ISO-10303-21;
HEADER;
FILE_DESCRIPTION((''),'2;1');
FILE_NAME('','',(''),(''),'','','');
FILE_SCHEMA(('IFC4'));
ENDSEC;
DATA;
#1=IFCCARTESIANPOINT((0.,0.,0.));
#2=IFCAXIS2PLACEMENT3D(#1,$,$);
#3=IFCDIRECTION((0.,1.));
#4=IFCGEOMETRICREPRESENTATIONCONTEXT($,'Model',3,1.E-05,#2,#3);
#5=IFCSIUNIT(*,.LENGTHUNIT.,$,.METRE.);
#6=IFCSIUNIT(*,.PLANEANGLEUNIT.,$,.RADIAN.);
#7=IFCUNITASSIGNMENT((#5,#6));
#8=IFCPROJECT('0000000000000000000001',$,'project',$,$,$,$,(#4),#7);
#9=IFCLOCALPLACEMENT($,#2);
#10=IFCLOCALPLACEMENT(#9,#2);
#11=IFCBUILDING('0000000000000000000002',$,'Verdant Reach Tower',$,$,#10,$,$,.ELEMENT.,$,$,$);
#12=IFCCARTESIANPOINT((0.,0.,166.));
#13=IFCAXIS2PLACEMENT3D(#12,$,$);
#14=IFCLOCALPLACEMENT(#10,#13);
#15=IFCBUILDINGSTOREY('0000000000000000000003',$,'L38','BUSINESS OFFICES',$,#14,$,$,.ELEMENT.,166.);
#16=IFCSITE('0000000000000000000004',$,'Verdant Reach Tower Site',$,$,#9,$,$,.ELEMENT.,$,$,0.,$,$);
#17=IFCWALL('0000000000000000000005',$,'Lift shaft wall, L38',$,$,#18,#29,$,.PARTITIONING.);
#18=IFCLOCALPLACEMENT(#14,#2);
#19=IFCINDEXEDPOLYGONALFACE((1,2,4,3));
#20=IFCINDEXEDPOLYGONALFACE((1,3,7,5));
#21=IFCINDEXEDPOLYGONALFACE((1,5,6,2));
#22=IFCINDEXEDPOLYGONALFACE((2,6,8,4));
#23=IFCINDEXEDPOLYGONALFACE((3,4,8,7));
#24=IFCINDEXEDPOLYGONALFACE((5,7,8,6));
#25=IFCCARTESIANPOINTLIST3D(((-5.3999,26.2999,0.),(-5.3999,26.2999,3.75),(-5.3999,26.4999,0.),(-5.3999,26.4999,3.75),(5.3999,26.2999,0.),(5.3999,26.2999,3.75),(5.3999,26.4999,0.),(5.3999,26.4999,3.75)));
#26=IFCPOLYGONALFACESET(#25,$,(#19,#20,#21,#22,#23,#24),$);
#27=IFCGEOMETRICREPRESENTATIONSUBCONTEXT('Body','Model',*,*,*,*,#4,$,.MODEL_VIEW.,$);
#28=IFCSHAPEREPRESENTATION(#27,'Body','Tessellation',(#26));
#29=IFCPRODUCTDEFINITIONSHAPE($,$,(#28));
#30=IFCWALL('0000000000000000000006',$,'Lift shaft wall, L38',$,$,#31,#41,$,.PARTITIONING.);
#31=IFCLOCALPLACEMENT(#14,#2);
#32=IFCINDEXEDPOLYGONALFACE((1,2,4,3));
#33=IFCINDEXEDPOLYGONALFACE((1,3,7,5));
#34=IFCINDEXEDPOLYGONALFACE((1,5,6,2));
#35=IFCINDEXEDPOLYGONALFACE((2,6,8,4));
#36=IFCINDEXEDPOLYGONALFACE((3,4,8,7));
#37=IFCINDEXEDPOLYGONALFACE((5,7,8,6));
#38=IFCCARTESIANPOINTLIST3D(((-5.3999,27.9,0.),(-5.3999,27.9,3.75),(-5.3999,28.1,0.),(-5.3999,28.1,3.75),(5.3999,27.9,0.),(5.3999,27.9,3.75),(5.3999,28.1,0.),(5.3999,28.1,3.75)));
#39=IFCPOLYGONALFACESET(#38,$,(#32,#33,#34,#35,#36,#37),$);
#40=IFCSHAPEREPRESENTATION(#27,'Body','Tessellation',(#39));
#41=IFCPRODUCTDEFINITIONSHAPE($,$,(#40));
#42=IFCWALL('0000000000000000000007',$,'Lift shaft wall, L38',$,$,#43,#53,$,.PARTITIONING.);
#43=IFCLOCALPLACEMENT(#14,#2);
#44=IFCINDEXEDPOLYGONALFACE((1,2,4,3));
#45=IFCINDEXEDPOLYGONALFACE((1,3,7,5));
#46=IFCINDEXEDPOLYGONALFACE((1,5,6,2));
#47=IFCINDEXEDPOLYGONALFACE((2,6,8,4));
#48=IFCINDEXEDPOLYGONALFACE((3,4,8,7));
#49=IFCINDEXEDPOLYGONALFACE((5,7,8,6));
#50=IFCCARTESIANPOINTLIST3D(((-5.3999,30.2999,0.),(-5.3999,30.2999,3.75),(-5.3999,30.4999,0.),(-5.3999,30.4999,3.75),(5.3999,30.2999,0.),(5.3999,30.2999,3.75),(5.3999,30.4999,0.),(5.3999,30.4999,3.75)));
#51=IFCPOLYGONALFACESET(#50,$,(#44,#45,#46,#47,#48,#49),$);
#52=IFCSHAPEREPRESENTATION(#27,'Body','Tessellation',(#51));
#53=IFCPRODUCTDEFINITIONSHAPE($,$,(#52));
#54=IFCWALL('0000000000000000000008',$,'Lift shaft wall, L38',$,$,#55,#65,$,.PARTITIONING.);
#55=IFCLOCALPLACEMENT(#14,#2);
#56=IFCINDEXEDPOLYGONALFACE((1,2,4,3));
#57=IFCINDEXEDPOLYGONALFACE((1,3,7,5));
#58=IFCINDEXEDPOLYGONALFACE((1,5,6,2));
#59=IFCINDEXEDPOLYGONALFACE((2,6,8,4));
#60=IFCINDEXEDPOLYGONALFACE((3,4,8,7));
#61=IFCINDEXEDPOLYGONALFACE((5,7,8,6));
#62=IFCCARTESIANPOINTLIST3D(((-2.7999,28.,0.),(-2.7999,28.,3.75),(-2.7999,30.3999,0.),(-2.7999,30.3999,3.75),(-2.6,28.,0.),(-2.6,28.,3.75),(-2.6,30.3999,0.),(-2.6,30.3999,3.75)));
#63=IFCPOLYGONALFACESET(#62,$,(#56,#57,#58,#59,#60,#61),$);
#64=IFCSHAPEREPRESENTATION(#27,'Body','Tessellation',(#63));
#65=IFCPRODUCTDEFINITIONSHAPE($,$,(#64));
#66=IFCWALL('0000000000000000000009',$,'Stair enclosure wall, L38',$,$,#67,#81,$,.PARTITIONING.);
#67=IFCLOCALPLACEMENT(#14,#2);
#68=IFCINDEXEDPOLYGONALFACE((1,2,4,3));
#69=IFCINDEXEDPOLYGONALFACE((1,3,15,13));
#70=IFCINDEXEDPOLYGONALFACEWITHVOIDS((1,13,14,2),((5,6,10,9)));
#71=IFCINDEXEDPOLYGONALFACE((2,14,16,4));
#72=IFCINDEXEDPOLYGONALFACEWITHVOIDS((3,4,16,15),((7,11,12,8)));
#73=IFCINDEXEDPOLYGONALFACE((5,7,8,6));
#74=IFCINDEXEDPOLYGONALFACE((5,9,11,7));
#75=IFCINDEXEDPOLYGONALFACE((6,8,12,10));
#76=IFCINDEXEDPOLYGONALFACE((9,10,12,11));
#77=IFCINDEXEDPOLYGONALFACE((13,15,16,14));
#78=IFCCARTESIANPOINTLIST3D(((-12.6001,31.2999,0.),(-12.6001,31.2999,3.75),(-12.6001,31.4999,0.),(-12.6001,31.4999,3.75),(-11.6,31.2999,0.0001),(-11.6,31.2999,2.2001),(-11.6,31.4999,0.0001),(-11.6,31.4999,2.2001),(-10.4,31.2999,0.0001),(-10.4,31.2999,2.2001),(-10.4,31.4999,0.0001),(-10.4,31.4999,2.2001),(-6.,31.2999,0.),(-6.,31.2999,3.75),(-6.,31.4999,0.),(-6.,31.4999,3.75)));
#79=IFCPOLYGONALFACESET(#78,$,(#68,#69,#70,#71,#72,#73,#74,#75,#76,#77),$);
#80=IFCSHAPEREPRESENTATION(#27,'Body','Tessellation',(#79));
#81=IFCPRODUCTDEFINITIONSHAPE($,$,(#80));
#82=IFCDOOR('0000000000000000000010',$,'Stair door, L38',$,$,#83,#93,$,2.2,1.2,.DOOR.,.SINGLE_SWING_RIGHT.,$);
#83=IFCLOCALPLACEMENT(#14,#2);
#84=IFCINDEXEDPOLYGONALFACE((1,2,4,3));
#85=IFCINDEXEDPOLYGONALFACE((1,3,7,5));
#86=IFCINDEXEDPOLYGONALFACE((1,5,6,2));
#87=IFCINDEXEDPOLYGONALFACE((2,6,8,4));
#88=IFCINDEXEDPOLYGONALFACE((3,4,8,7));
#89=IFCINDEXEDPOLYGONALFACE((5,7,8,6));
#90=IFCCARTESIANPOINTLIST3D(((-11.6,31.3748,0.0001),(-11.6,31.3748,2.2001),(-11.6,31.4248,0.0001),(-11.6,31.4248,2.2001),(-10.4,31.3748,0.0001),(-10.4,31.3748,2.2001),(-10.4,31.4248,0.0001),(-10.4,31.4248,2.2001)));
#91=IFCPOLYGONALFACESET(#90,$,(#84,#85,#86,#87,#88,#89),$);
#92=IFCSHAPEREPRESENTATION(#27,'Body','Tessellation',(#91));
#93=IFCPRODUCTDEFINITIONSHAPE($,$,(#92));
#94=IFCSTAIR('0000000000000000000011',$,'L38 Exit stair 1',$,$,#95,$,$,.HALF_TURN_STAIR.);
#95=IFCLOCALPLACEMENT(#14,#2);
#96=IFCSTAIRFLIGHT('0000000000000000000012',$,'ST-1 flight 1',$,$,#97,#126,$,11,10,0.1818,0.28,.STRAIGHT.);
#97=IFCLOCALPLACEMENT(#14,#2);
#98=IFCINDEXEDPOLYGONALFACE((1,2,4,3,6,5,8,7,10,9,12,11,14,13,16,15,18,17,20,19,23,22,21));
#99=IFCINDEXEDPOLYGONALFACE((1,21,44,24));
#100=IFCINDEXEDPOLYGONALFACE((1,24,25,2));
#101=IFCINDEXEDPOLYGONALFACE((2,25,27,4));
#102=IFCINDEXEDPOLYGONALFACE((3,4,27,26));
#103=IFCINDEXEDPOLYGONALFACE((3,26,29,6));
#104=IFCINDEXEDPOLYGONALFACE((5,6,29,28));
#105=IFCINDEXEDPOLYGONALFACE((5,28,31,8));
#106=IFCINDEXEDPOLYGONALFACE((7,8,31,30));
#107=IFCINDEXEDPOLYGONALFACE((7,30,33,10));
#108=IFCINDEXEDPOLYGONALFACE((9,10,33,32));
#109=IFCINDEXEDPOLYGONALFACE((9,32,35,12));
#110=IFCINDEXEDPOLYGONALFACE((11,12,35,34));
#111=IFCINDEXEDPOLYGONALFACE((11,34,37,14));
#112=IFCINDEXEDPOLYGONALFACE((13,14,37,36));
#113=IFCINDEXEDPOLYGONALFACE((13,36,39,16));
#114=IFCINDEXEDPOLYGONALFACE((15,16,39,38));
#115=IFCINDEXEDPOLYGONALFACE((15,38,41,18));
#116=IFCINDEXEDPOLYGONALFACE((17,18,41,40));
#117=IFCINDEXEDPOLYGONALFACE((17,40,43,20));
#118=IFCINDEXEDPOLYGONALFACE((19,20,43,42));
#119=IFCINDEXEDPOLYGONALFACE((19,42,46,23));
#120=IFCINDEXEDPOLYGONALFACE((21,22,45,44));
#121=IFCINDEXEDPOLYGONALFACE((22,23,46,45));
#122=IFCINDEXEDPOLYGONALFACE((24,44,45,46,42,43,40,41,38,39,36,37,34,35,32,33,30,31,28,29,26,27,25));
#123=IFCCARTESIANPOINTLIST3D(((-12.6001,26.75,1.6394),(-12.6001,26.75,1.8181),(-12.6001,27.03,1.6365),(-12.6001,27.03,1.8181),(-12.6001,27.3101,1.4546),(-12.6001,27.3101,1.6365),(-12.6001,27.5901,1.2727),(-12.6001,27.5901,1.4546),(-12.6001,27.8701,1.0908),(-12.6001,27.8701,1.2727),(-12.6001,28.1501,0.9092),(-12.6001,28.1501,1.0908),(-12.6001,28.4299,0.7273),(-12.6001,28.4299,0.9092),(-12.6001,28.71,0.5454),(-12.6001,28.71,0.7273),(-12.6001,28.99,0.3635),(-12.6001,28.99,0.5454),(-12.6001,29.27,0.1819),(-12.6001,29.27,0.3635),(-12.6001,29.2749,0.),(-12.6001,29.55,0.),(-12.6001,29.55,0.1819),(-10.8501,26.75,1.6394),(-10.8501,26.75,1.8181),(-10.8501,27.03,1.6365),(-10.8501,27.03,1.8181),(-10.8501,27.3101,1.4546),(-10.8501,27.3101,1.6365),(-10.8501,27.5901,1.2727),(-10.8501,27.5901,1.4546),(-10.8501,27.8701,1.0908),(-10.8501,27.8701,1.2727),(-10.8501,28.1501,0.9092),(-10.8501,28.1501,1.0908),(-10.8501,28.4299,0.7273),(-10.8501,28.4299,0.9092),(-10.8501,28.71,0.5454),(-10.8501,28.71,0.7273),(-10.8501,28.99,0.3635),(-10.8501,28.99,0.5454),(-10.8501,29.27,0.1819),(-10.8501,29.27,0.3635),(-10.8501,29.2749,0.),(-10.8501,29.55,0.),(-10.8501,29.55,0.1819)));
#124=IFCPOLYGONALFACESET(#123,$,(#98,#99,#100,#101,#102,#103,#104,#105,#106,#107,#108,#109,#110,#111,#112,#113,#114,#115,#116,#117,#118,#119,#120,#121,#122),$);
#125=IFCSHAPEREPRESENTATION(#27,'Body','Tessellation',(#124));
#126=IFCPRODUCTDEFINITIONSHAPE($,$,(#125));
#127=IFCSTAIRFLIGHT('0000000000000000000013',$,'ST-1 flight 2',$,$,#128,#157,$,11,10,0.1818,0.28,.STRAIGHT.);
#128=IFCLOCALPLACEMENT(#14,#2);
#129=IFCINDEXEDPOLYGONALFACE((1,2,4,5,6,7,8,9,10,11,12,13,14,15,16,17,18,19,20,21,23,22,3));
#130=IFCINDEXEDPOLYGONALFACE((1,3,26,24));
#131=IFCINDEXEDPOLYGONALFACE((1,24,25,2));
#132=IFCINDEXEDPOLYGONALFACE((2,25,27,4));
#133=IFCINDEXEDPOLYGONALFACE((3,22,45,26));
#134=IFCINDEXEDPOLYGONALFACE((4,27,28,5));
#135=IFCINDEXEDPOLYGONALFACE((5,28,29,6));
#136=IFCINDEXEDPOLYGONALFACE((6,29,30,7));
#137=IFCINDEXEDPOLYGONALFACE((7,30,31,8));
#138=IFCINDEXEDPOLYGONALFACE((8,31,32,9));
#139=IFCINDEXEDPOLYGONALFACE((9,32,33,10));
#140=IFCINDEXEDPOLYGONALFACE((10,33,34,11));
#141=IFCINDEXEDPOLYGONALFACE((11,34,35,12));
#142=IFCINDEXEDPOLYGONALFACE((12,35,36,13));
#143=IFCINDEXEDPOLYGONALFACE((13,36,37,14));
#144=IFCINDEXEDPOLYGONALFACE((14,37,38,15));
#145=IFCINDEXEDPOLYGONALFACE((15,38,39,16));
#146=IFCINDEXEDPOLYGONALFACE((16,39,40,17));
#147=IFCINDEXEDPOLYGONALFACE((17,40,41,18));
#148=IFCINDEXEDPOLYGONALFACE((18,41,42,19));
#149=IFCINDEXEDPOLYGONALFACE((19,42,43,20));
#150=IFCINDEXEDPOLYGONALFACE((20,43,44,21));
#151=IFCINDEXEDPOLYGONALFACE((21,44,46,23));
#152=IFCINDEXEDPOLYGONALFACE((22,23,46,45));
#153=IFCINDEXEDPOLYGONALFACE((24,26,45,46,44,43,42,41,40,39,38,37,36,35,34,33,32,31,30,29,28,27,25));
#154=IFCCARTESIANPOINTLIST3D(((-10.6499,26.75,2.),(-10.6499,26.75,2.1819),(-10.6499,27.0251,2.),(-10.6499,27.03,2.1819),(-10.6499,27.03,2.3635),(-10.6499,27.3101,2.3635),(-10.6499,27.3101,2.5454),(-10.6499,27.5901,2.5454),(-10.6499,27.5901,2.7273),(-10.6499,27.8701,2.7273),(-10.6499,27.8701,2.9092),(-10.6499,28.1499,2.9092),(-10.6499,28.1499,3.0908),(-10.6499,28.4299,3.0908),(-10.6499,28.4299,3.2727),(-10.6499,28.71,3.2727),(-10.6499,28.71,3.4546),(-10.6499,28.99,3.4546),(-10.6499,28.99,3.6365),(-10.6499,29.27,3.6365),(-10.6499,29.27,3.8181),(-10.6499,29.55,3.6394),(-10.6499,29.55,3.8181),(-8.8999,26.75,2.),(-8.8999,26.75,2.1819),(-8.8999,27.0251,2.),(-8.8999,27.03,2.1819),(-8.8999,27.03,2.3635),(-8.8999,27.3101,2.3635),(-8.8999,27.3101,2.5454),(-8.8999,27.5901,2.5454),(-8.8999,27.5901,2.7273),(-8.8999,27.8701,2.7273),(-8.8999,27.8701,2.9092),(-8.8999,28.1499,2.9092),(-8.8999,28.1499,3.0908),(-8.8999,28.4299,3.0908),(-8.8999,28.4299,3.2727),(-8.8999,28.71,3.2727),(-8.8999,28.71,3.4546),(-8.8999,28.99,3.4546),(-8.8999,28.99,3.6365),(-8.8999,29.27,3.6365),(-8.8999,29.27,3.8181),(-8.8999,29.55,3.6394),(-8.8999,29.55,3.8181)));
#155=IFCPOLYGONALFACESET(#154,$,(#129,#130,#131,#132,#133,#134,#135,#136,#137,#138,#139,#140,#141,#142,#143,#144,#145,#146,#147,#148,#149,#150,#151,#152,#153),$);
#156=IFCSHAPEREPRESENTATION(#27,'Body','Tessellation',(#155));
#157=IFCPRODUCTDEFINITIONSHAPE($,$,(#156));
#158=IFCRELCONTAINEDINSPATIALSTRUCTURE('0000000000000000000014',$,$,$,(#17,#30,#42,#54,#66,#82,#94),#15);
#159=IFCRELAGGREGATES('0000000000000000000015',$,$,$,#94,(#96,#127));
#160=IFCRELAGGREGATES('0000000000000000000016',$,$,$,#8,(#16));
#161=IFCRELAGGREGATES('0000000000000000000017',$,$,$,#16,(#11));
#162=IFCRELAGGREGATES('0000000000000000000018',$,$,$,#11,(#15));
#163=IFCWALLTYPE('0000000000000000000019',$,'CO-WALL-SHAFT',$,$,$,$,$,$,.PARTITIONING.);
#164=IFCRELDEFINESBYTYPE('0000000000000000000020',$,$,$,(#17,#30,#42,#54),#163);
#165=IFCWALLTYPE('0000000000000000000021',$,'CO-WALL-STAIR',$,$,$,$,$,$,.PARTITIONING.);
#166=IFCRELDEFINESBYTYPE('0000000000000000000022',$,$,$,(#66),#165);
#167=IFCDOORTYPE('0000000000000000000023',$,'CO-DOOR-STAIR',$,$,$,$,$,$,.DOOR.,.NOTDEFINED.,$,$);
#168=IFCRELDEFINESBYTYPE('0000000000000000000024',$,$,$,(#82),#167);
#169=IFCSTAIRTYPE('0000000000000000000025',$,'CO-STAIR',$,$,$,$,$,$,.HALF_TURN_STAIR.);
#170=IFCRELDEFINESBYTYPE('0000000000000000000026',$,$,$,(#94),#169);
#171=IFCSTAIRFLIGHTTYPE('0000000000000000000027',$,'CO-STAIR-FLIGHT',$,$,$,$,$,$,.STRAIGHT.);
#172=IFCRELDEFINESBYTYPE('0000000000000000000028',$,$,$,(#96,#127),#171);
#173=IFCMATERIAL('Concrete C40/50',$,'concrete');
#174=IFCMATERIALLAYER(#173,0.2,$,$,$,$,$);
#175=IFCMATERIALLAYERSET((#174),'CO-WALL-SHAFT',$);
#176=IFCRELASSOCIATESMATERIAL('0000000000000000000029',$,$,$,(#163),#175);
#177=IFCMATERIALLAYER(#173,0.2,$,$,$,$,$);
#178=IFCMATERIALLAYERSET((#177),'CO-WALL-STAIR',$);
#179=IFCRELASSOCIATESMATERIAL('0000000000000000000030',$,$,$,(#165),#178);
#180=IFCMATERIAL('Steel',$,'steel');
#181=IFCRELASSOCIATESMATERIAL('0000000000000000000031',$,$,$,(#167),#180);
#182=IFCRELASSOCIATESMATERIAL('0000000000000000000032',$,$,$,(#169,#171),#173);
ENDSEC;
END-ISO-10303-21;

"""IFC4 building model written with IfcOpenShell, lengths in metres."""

from ifc_helpers import new_model, si_unit, direction, frame, frame_2d, origin, place, context, subcontext, project, spatial, polyline, rectangle, outline, extrude, material, layer, layer_set, type_object, element, fill, aggregate, save


model = new_model("IFC4")

# Units and contexts
model_context = context("Model", 3, precision=1e-05, world=origin(), true_north=direction((0.0, 1.0)))
body_context = subcontext(model_context, "Body", "Model", "MODEL_VIEW")
ifc_project = project(units=[si_unit("LENGTHUNIT", "METRE"), si_unit("PLANEANGLEUNIT", "RADIAN")], contexts=[model_context])

# Site, building, storey
site_placement = place(None, origin())
site = spatial("IfcSite", under=ifc_project, at=site_placement, Name="Verdant Reach Tower Site", CompositionType="ELEMENT", RefElevation=0.0)
building_placement = place(site_placement, origin())
building = spatial("IfcBuilding", under=site, at=building_placement, Name="Verdant Reach Tower", CompositionType="ELEMENT")
storey_placement = place(building_placement, frame((0.0, 0.0, 166.0)))
storey = spatial("IfcBuildingStorey", under=building, at=storey_placement, Name="L38", Description="BUSINESS OFFICES", CompositionType="ELEMENT", Elevation=166.0)

# Walls
ifc_material_1 = material(Name="Concrete C40/50", Category="concrete")
ifc_layer_1 = layer(ifc_material_1, 0.2)
ifc_layer_set_1 = layer_set([ifc_layer_1], Name="CO-WALL-SHAFT")
wall_type_1 = type_object("IfcWallType", Name="CO-WALL-SHAFT", PredefinedType="PARTITIONING", material=ifc_layer_set_1)
for number, where, z_axis, x_axis, name in (
    (1, (-5.3999, 26.3999, 0.0), (0.0, 0.0, 1.0), (1.0, 0.0, 0.0), "Lift shaft wall, L38"),
    (2, (-5.3999, 28.0, 0.0), (0.0, 0.0, 1.0), (1.0, 0.0, 0.0), "Lift shaft wall, L38"),
    (3, (-5.3999, 30.3999, 0.0), (0.0, 0.0, 1.0), (1.0, 0.0, 0.0), "Lift shaft wall, L38"),
):
    element("IfcWall", number, at=place(storey_placement, frame(where, z_axis=z_axis, x_axis=x_axis)), inside=storey, type_object=wall_type_1, Name=name, PredefinedType="PARTITIONING", context=body_context, shape_type="SweptSolid", body=[
        extrude(rectangle(XDim=10.7998, YDim=0.2, at=frame_2d((5.3999, 0.0))), origin(), (0.0, 0.0, 1.0), 3.75),
    ])
wall_1_placement = place(storey_placement, frame((-2.7, 28.0, 0.0), z_axis=(0.0, 0.0, 1.0), x_axis=(0.0, 1.0, 0.0)))
element("IfcWall", 4, at=wall_1_placement, inside=storey, type_object=wall_type_1, Name="Lift shaft wall, L38", PredefinedType="PARTITIONING", context=body_context, shape_type="SweptSolid", body=[
    extrude(rectangle(XDim=2.3999, YDim=0.2, at=frame_2d((1.2, 0.0))), origin(), (0.0, 0.0, 1.0), 3.75),
])

# Wall, opening, door
ifc_layer_2 = layer(ifc_material_1, 0.2)
ifc_layer_set_2 = layer_set([ifc_layer_2], Name="CO-WALL-STAIR")
wall_type_2 = type_object("IfcWallType", Name="CO-WALL-STAIR", PredefinedType="PARTITIONING", material=ifc_layer_set_2)
wall_2_placement = place(storey_placement, frame((-12.6001, 31.3999, 0.0), z_axis=(0.0, 0.0, 1.0), x_axis=(1.0, 0.0, 0.0)))
wall_2 = element("IfcWall", 5, at=wall_2_placement, inside=storey, type_object=wall_type_2, Name="Stair enclosure wall, L38", PredefinedType="PARTITIONING", context=body_context, shape_type="SweptSolid", body=[
    extrude(rectangle(XDim=6.6001, YDim=0.2, at=frame_2d((3.3, 0.0))), origin(), (0.0, 0.0, 1.0), 3.75),
])
opening_placement = place(wall_2_placement, frame((1.0, 0.0, 0.0)))
opening = element("IfcOpeningElement", 6, at=opening_placement, cuts=wall_2, PredefinedType="OPENING", context=body_context, shape_type="SweptSolid", body=[
    extrude(rectangle(XDim=1.2, YDim=2.2, at=frame_2d((0.6001, 1.1001))), frame((0.0, 0.1099, 0.0), z_axis=(0.0, -1.0, 0.0), x_axis=(1.0, 0.0, 0.0)), (0.0, 0.0, 1.0), 0.22),
])
ifc_material_2 = material(Name="Steel", Category="steel")
door_type = type_object("IfcDoorType", Name="CO-DOOR-STAIR", OperationType="NOTDEFINED", PredefinedType="DOOR", material=ifc_material_2)
door_placement = place(opening_placement, origin())
door = element("IfcDoor", 7, at=door_placement, inside=storey, type_object=door_type, Name="Stair door, L38", OperationType="SINGLE_SWING_RIGHT", OverallHeight=2.2, OverallWidth=1.2, PredefinedType="DOOR", context=body_context, shape_type="SweptSolid", body=[
    extrude(rectangle(XDim=1.2, YDim=2.2, at=frame_2d((0.6001, 1.1001))), frame((0.0, 0.0249, 0.0), z_axis=(0.0, -1.0, 0.0), x_axis=(1.0, 0.0, 0.0)), (0.0, 0.0, 1.0), 0.05),
])
fill(opening, door)

# Stair, stair flights
stair_type = type_object("IfcStairType", Name="CO-STAIR", PredefinedType="HALF_TURN_STAIR", material=ifc_material_1)
stair_placement = place(storey_placement, origin())
stair = element("IfcStair", 8, at=stair_placement, inside=storey, type_object=stair_type, Name="L38 Exit stair 1", PredefinedType="HALF_TURN_STAIR")
stair_flight_type = type_object("IfcStairFlightType", Name="CO-STAIR-FLIGHT", PredefinedType="STRAIGHT", material=ifc_material_1)
stair_flight_1_placement = place(storey_placement, frame((-11.7251, 29.55, 0.0), z_axis=(0.0, 0.0, 1.0), x_axis=(0.0, -1.0, 0.0)))
stair_flight_1 = element("IfcStairFlight", 9, at=stair_flight_1_placement, type_object=stair_flight_type, Name="ST-1 flight 1", NumberOfRisers=11, NumberOfTreads=10, PredefinedType="STRAIGHT", RiserHeight=0.1818, TreadLength=0.28, context=body_context, shape_type="SweptSolid", body=[
    extrude(outline(polyline([(0.0, 0.0), (0.0, 0.1819), (0.28, 0.1819), (0.28, 0.3635), (0.5601, 0.3635), (0.5601, 0.5454), (0.8401, 0.5454), (0.8401, 0.7273), (1.1201, 0.7273), (1.1201, 0.9092), (1.3999, 0.9092), (1.3999, 1.0908), (1.6799, 1.0908), (1.6799, 1.2727), (1.96, 1.2727), (1.96, 1.4546), (2.24, 1.4546), (2.24, 1.6365), (2.52, 1.6365), (2.52, 1.8181), (2.8, 1.8181), (2.8, 2.0), (2.8, 1.6394), (0.2751, 0.0), (0.0, 0.0)])), frame((0.0, 0.875, 0.0), z_axis=(0.0, -1.0, 0.0), x_axis=(1.0, 0.0, 0.0)), (0.0, 0.0, 1.0), 1.75),
])
stair_flight_2_placement = place(storey_placement, frame((-9.7749, 26.75, 2.0), z_axis=(0.0, 0.0, 1.0), x_axis=(0.0, 1.0, 0.0)))
stair_flight_2 = element("IfcStairFlight", 10, at=stair_flight_2_placement, type_object=stair_flight_type, Name="ST-1 flight 2", NumberOfRisers=11, NumberOfTreads=10, PredefinedType="STRAIGHT", RiserHeight=0.1818, TreadLength=0.28, context=body_context, shape_type="SweptSolid", body=[
    extrude(outline(polyline([(0.0, 0.0), (0.0, 0.1819), (0.28, 0.1819), (0.28, 0.3635), (0.5601, 0.3635), (0.5601, 0.5454), (0.8401, 0.5454), (0.8401, 0.7273), (1.1201, 0.7273), (1.1201, 0.9092), (1.3999, 0.9092), (1.3999, 1.0908), (1.6799, 1.0908), (1.6799, 1.2727), (1.96, 1.2727), (1.96, 1.4546), (2.24, 1.4546), (2.24, 1.6365), (2.52, 1.6365), (2.52, 1.8181), (2.8, 1.8181), (2.8, 2.0), (2.8, 1.6394), (0.2751, 0.0), (0.0, 0.0)])), frame((0.0, 0.875, 0.0), z_axis=(0.0, -1.0, 0.0), x_axis=(1.0, 0.0, 0.0)), (0.0, 0.0, 1.0), 1.75),
])
aggregate(stair, [stair_flight_1, stair_flight_2])

save(model, "model.ifc")
